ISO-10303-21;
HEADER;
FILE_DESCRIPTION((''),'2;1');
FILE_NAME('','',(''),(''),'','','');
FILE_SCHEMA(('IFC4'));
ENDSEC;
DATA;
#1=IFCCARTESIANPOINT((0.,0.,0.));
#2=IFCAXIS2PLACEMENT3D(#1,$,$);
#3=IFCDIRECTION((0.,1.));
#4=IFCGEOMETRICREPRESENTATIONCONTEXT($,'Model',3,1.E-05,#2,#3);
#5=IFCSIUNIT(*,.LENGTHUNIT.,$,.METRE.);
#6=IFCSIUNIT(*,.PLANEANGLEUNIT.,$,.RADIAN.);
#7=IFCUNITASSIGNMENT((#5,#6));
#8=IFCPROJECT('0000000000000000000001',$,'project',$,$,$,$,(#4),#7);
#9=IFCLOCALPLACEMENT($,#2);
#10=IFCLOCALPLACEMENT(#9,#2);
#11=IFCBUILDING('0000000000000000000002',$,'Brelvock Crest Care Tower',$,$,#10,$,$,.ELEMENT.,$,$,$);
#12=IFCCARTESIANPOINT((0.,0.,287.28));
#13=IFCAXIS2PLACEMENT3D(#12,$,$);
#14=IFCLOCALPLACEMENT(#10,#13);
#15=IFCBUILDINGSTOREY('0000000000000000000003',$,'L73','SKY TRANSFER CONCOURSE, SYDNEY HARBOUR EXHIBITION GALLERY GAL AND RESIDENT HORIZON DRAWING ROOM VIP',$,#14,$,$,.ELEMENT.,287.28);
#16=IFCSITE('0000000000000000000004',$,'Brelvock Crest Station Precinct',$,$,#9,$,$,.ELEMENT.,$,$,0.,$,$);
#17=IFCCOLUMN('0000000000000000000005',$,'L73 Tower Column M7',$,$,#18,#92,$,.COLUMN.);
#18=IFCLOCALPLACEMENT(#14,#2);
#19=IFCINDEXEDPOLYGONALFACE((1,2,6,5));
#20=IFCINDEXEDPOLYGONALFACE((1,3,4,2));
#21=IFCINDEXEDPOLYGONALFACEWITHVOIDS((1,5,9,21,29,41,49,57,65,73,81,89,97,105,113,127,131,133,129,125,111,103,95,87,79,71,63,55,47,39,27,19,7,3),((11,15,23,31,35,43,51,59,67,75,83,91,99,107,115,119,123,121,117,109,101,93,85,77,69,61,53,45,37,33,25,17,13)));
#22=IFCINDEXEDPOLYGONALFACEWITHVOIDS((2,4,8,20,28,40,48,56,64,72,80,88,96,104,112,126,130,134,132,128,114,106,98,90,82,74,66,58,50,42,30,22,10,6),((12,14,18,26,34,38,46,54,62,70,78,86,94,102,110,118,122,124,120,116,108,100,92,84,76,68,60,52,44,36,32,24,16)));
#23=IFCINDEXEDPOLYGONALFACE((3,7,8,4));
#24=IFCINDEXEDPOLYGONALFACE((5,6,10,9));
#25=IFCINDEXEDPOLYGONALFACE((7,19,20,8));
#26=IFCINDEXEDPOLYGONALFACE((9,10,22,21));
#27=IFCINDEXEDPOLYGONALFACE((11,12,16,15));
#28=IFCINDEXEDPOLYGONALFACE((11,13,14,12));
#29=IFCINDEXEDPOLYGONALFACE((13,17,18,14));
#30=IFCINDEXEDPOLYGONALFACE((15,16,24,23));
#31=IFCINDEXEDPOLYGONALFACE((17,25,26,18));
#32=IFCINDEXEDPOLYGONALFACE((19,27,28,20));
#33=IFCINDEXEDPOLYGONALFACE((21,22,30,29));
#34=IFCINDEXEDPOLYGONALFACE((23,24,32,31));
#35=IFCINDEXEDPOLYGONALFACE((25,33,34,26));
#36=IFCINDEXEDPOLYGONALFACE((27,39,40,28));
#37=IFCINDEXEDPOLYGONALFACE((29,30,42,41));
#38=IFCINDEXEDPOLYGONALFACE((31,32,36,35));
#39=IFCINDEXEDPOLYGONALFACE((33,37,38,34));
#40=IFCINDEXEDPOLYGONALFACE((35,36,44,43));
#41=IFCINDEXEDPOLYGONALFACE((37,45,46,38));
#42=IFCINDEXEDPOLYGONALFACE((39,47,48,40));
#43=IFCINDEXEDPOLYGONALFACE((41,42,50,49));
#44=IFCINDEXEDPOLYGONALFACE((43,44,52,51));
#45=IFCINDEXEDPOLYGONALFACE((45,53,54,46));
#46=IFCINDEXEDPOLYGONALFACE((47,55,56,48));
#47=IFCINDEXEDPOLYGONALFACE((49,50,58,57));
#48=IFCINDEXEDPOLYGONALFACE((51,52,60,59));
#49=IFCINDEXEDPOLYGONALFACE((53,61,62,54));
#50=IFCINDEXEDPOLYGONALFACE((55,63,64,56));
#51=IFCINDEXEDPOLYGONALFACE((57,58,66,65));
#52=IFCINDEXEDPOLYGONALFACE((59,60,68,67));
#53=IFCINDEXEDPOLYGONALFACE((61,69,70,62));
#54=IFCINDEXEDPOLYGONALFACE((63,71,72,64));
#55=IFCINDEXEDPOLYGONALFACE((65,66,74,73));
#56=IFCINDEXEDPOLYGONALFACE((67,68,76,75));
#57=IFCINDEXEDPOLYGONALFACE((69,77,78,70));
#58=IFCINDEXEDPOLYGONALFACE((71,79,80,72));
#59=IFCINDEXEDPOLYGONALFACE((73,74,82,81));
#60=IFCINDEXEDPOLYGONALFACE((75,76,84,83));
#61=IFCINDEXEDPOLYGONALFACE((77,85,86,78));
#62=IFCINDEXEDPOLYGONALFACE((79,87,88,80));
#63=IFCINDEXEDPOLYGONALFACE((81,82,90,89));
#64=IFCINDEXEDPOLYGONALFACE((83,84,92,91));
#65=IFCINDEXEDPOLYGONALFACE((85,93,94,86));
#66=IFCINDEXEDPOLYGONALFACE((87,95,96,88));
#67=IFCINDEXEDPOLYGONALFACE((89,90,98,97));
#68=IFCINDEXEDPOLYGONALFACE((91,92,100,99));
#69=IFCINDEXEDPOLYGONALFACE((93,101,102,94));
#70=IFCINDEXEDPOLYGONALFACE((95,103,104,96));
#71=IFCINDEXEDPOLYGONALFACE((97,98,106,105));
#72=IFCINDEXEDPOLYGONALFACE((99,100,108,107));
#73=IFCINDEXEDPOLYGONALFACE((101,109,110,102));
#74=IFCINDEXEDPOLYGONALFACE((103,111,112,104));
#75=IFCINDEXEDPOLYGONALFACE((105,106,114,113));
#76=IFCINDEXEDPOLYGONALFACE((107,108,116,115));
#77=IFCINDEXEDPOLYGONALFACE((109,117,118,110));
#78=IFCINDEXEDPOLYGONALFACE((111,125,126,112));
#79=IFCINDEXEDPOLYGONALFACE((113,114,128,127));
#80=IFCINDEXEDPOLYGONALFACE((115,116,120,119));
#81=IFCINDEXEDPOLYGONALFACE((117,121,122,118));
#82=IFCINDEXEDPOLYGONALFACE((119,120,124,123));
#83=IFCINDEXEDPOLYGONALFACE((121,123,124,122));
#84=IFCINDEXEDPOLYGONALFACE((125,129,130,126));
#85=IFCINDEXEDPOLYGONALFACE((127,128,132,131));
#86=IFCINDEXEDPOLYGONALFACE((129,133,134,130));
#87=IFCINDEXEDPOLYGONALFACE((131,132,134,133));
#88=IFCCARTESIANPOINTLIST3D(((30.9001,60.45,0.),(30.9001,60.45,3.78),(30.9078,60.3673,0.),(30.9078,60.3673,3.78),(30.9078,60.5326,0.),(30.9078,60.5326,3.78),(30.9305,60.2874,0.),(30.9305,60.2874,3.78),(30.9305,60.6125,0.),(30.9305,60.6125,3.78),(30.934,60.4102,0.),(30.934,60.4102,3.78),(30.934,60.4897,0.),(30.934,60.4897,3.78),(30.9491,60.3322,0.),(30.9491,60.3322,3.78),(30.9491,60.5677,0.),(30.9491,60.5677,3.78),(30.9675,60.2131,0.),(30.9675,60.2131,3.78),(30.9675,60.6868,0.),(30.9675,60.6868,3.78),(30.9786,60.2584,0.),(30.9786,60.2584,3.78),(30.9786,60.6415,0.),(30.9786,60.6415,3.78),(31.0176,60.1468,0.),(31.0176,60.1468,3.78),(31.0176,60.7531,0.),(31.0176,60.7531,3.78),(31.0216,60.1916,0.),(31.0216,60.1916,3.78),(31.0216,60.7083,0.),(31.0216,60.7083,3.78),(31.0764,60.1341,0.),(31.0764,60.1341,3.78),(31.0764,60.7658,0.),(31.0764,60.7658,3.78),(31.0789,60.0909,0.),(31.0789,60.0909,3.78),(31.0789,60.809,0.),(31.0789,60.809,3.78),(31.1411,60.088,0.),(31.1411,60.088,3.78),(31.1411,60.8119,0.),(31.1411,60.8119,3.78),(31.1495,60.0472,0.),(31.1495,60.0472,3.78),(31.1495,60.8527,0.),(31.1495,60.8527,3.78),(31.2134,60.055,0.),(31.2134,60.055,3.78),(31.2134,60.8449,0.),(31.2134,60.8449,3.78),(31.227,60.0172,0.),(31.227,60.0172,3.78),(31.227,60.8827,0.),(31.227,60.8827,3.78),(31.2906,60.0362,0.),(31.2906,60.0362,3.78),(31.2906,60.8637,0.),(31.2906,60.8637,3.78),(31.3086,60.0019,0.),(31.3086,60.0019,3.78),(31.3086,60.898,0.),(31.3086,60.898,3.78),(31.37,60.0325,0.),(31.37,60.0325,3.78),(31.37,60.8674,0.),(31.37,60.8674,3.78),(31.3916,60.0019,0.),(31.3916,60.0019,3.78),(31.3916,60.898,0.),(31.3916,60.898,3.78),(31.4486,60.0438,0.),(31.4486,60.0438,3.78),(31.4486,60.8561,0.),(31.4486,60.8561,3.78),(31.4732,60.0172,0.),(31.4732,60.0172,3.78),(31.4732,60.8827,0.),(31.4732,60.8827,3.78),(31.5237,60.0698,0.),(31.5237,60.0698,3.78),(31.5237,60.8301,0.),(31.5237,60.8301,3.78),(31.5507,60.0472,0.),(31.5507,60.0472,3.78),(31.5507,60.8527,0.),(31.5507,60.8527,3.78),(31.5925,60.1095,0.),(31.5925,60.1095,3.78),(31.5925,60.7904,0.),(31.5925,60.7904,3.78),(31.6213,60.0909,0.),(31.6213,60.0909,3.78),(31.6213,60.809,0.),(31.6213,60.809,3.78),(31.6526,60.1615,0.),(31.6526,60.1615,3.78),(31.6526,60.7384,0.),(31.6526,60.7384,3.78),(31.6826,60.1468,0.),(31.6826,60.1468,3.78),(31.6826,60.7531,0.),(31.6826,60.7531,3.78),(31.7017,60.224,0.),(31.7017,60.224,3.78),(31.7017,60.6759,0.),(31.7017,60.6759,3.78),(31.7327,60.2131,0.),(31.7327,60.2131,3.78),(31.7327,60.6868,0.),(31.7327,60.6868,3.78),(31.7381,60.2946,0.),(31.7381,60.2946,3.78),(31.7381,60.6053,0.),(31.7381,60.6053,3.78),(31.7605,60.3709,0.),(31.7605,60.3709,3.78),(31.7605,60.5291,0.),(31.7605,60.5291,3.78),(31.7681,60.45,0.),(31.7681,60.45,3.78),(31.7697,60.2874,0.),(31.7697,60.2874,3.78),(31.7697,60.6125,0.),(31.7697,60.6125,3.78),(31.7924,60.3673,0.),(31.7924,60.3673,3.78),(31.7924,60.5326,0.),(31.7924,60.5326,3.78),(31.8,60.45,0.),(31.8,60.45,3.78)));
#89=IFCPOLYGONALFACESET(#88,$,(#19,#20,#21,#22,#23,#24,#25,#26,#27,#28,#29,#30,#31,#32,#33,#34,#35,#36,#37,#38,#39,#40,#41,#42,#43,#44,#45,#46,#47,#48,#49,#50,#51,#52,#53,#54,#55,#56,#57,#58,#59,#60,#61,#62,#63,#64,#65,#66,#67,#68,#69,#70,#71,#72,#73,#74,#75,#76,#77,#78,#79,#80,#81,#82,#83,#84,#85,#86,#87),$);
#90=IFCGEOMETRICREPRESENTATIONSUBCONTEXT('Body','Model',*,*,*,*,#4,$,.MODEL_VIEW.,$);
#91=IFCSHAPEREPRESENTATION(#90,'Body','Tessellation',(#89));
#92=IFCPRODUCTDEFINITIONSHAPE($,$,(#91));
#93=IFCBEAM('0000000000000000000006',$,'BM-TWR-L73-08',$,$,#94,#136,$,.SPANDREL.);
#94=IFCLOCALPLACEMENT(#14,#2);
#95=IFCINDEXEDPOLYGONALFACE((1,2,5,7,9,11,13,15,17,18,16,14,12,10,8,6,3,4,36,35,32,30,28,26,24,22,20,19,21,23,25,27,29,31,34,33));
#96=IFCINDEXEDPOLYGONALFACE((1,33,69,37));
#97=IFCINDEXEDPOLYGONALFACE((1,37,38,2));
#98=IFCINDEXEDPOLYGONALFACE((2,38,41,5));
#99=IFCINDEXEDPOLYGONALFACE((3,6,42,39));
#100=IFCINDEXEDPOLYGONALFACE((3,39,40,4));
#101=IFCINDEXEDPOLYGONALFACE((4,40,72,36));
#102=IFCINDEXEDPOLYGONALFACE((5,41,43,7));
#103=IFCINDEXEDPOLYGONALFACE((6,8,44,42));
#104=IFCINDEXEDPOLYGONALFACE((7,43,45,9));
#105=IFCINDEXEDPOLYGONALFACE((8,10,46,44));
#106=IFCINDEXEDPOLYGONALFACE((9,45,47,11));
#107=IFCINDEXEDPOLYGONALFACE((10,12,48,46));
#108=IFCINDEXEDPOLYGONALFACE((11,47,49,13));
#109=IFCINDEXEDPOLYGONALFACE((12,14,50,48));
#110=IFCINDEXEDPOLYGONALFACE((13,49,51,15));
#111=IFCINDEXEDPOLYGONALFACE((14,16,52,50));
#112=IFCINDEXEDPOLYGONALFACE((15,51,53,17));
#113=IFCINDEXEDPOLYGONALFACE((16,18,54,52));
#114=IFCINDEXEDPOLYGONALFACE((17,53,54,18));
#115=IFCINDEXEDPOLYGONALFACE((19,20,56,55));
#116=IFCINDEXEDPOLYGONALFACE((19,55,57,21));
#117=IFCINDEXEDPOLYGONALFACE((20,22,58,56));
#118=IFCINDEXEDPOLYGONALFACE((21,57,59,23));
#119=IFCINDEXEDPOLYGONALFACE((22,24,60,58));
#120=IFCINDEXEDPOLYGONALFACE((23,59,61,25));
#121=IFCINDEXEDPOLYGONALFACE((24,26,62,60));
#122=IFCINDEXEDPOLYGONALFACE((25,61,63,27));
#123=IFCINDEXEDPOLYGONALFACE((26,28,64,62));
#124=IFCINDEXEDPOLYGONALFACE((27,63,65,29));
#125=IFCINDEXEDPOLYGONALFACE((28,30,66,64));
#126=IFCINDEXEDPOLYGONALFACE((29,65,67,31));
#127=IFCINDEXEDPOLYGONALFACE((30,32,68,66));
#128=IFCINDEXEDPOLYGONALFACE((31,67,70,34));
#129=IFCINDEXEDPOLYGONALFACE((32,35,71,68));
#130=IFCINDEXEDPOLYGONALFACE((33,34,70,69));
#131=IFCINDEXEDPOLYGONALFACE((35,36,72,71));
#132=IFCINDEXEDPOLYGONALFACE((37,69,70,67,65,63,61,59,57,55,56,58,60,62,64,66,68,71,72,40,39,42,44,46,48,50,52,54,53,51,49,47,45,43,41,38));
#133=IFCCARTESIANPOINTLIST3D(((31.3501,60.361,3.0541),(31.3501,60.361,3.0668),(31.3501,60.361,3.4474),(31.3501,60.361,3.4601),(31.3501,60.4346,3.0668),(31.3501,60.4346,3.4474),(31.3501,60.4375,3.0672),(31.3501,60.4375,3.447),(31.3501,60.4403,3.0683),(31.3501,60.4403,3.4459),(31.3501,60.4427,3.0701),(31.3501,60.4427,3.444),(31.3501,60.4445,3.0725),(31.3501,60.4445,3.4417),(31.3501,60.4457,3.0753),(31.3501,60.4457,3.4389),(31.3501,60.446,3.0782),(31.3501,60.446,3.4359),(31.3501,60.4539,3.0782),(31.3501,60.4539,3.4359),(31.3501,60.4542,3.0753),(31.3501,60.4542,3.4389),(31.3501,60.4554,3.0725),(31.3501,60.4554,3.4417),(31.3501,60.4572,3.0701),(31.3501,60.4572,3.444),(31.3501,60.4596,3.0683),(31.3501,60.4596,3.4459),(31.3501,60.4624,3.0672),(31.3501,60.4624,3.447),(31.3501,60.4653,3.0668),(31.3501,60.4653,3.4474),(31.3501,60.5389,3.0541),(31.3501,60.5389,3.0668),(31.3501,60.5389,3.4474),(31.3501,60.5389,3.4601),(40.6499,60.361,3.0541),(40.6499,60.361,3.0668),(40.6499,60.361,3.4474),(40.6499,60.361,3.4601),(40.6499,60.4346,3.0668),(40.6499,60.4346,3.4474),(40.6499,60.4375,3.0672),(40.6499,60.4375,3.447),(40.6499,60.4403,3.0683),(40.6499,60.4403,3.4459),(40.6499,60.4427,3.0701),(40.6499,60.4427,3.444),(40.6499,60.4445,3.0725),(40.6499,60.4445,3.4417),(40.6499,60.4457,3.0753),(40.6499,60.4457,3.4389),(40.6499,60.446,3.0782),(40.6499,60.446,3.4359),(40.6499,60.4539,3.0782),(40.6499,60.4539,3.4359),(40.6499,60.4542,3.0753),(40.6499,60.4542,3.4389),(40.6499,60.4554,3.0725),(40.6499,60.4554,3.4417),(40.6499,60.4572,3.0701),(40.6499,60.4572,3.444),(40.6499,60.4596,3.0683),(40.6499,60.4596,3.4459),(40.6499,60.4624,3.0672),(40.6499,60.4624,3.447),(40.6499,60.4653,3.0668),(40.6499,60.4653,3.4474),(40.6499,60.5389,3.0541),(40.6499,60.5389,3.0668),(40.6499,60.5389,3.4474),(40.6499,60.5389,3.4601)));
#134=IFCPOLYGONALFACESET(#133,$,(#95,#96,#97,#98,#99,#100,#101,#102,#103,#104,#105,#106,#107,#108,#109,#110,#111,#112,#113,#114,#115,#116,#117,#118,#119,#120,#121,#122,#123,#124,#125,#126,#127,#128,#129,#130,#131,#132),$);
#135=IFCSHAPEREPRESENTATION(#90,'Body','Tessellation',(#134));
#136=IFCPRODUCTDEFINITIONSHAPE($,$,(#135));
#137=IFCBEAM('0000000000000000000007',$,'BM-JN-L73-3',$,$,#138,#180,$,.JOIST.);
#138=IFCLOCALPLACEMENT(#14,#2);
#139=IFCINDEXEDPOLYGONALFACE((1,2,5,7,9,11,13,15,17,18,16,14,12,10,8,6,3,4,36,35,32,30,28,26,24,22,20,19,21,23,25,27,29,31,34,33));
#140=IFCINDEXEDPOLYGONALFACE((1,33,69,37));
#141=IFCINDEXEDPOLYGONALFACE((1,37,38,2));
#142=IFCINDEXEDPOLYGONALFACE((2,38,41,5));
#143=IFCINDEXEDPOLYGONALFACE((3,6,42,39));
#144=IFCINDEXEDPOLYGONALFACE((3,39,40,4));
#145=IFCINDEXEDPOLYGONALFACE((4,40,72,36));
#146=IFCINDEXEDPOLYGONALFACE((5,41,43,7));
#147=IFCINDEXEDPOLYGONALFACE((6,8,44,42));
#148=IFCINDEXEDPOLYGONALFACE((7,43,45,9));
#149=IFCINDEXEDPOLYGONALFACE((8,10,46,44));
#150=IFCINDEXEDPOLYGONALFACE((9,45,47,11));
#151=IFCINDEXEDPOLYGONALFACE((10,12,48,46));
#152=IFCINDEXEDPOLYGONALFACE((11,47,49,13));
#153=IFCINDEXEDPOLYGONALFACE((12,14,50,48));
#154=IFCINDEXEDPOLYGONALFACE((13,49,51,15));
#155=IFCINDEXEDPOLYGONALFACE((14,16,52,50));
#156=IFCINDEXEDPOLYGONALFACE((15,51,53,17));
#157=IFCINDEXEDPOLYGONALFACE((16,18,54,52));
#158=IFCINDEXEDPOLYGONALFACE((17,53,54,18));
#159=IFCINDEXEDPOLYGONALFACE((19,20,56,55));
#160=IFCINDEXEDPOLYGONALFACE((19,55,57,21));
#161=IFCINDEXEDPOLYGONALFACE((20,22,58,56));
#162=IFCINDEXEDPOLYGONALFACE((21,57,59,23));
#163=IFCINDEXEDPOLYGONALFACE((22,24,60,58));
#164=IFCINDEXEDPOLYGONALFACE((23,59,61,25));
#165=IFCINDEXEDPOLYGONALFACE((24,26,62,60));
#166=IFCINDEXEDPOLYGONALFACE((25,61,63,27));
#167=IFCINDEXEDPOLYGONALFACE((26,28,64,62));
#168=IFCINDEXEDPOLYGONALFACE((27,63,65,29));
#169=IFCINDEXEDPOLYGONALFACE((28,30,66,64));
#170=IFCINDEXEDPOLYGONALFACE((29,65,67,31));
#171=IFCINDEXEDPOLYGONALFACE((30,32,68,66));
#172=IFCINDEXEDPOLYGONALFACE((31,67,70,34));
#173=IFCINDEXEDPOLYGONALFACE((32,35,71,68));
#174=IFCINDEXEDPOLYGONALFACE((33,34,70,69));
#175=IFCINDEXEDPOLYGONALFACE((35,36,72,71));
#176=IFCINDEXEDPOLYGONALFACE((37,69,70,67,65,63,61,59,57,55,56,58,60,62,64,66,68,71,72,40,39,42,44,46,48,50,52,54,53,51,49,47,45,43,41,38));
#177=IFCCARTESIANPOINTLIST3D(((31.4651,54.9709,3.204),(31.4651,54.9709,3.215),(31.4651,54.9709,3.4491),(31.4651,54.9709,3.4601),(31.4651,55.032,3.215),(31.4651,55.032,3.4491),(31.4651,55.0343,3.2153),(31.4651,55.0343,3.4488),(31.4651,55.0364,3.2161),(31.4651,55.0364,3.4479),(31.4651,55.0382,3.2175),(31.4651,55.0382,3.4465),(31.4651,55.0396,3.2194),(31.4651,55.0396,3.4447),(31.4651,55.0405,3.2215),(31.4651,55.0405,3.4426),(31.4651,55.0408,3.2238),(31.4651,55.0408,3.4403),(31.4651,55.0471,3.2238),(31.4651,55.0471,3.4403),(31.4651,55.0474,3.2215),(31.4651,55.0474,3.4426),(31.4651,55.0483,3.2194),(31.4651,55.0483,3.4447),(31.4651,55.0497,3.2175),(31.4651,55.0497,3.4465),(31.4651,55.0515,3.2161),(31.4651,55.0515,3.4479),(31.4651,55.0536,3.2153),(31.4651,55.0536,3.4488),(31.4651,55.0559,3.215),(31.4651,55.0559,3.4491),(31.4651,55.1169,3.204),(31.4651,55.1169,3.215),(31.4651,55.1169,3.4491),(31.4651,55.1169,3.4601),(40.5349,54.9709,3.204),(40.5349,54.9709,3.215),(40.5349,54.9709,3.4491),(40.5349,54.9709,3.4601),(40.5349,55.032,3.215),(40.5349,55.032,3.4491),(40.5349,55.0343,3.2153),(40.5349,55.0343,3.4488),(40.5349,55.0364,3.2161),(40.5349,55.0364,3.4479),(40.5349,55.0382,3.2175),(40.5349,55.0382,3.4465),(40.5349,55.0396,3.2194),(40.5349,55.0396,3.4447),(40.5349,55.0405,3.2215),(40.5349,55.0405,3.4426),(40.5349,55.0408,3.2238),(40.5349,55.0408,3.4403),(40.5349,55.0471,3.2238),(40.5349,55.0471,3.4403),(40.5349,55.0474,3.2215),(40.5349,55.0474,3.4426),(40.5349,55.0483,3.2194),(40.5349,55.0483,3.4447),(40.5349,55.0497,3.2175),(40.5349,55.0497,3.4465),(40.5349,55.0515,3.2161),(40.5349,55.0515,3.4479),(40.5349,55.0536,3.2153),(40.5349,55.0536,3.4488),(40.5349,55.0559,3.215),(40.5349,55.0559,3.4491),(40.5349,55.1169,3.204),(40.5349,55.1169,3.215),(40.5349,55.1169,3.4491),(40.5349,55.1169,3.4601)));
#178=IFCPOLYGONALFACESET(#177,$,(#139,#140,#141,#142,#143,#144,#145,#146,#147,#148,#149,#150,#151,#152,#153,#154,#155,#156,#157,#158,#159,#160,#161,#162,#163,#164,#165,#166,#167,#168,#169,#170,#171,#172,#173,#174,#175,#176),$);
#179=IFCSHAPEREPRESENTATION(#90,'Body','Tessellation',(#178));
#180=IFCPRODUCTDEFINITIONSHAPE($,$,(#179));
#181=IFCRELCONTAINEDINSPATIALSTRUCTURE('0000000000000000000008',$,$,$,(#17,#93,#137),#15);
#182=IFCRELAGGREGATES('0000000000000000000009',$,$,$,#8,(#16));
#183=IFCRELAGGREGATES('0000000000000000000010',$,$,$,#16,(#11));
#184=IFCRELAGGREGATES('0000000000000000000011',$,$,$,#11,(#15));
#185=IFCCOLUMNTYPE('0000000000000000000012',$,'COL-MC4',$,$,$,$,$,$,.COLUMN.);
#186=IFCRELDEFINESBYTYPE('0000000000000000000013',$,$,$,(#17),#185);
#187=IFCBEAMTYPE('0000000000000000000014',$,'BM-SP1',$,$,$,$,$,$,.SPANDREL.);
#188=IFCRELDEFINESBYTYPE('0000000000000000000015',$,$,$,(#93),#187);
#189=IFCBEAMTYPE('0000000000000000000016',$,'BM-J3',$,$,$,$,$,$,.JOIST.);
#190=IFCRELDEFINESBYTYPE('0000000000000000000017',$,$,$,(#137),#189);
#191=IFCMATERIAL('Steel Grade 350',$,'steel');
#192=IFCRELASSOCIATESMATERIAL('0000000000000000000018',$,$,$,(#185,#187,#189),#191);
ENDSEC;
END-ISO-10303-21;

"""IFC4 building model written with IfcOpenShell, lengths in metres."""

from ifc_helpers import new_model, si_unit, direction, frame, origin, origin_2d, place, context, subcontext, project, spatial, hollow_circle, i_section, extrude, source, transform, mapped, material, material_profile, profile_set, type_object, element, save


model = new_model("IFC4")

# Units and contexts
model_context = context("Model", 3, precision=1e-05, world=origin(), true_north=direction((0.0, 1.0)))
body_context = subcontext(model_context, "Body", "Model", "MODEL_VIEW")
ifc_project = project(units=[si_unit("LENGTHUNIT", "METRE"), si_unit("PLANEANGLEUNIT", "RADIAN")], contexts=[model_context])

# Site, building, storey
site_placement = place(None, origin())
site = spatial("IfcSite", under=ifc_project, at=site_placement, Name="Brelvock Crest Station Precinct", CompositionType="ELEMENT", RefElevation=0.0)
building_placement = place(site_placement, origin())
building = spatial("IfcBuilding", under=site, at=building_placement, Name="Brelvock Crest Care Tower", CompositionType="ELEMENT")
storey_placement = place(building_placement, frame((0.0, 0.0, 287.28)))
storey = spatial("IfcBuildingStorey", under=building, at=storey_placement, Name="L73", Description="SKY TRANSFER CONCOURSE, SYDNEY HARBOUR EXHIBITION GALLERY GAL AND RESIDENT HORIZON DRAWING ROOM VIP", CompositionType="ELEMENT", Elevation=287.28)

# Column
ifc_material_1 = material(Name="Steel Grade 350", Category="steel")
ifc_material_profile_1 = material_profile(ifc_material_1, hollow_circle(Radius=0.45, WallThickness=0.032, at=origin_2d()), Name="CFT900x32")
ifc_profile_set_1 = profile_set([ifc_material_profile_1], Name="Steel Grade 350")
column_type = type_object("IfcColumnType", Name="COL-MC4", PredefinedType="COLUMN", material=ifc_profile_set_1)
shared_shape_1 = source(origin(), body_context, "Body", "SweptSolid", [
    extrude(hollow_circle(Radius=0.45, WallThickness=0.032, at=origin_2d()), origin(), (0.0, 0.0, 1.0), 3.78),
])
column_placement = place(storey_placement, frame((31.3501, 60.45, 0.0), z_axis=(0.0, 0.0, 1.0), x_axis=(1.0, 0.0, 0.0)))
element("IfcColumn", 1, at=column_placement, inside=storey, type_object=column_type, Name="L73 Tower Column M7", PredefinedType="COLUMN", context=body_context, shape_type="MappedRepresentation", body=[
    mapped(shared_shape_1, transform((0.0, 0.0, 0.0), x_axis=(1.0, 0.0, 0.0), y_axis=(0.0, 1.0, 0.0), z_axis=(0.0, 0.0, 1.0), scale=1.0)),
])

# Beams
ifc_material_profile_2 = material_profile(ifc_material_1, i_section(OverallWidth=0.178, OverallDepth=0.406, WebThickness=0.0078, FlangeThickness=0.0127, FilletRadius=0.0115, at=origin_2d()), Name="410UB59.7")
ifc_profile_set_2 = profile_set([ifc_material_profile_2], Name="Steel Grade 350")
beam_type_1 = type_object("IfcBeamType", Name="BM-SP1", PredefinedType="SPANDREL", material=ifc_profile_set_2)
shared_shape_2 = source(origin(), body_context, "Body", "SweptSolid", [
    extrude(i_section(OverallWidth=0.178, OverallDepth=0.406, WebThickness=0.0078, FlangeThickness=0.0127, FilletRadius=0.0115, at=origin_2d()), origin(), (0.0, 0.0, 1.0), 9.2998),
])
beam_placement = place(storey_placement, frame((31.3501, 60.45, 3.2571), z_axis=(1.0, 0.0, 0.0), x_axis=(0.0, 1.0, 0.0)))
element("IfcBeam", 2, at=beam_placement, inside=storey, type_object=beam_type_1, Name="BM-TWR-L73-08", PredefinedType="SPANDREL", context=body_context, shape_type="MappedRepresentation", body=[
    mapped(shared_shape_2, transform((0.0, 0.0, 0.0), x_axis=(1.0, 0.0, 0.0), y_axis=(0.0, 1.0, 0.0), z_axis=(0.0, 0.0, 1.0), scale=1.0)),
])
ifc_material_profile_3 = material_profile(ifc_material_1, i_section(OverallWidth=0.146, OverallDepth=0.2561, WebThickness=0.0063, FlangeThickness=0.011, FilletRadius=0.0088, at=origin_2d()), Name="250UB37.3")
ifc_profile_set_3 = profile_set([ifc_material_profile_3], Name="Steel Grade 350")
beam_type_2 = type_object("IfcBeamType", Name="BM-J3", PredefinedType="JOIST", material=ifc_profile_set_3)
shared_shape_3 = source(origin(), body_context, "Body", "SweptSolid", [
    extrude(i_section(OverallWidth=0.146, OverallDepth=0.2561, WebThickness=0.0063, FlangeThickness=0.011, FilletRadius=0.0088, at=origin_2d()), origin(), (0.0, 0.0, 1.0), 9.0698),
])
for number, where, z_axis, x_axis, name in (
    (3, (31.4651, 55.0439, 3.332), (1.0, 0.0, 0.0), (0.0, 1.0, 0.0), "BM-JN-L73-3"),
):
    element("IfcBeam", number, at=place(storey_placement, frame(where, z_axis=z_axis, x_axis=x_axis)), inside=storey, type_object=beam_type_2, Name=name, PredefinedType="JOIST", context=body_context, shape_type="MappedRepresentation", body=[
        mapped(shared_shape_3, transform((0.0, 0.0, 0.0), x_axis=(1.0, 0.0, 0.0), y_axis=(0.0, 1.0, 0.0), z_axis=(0.0, 0.0, 1.0), scale=1.0)),
    ])

save(model, "model.ifc")
